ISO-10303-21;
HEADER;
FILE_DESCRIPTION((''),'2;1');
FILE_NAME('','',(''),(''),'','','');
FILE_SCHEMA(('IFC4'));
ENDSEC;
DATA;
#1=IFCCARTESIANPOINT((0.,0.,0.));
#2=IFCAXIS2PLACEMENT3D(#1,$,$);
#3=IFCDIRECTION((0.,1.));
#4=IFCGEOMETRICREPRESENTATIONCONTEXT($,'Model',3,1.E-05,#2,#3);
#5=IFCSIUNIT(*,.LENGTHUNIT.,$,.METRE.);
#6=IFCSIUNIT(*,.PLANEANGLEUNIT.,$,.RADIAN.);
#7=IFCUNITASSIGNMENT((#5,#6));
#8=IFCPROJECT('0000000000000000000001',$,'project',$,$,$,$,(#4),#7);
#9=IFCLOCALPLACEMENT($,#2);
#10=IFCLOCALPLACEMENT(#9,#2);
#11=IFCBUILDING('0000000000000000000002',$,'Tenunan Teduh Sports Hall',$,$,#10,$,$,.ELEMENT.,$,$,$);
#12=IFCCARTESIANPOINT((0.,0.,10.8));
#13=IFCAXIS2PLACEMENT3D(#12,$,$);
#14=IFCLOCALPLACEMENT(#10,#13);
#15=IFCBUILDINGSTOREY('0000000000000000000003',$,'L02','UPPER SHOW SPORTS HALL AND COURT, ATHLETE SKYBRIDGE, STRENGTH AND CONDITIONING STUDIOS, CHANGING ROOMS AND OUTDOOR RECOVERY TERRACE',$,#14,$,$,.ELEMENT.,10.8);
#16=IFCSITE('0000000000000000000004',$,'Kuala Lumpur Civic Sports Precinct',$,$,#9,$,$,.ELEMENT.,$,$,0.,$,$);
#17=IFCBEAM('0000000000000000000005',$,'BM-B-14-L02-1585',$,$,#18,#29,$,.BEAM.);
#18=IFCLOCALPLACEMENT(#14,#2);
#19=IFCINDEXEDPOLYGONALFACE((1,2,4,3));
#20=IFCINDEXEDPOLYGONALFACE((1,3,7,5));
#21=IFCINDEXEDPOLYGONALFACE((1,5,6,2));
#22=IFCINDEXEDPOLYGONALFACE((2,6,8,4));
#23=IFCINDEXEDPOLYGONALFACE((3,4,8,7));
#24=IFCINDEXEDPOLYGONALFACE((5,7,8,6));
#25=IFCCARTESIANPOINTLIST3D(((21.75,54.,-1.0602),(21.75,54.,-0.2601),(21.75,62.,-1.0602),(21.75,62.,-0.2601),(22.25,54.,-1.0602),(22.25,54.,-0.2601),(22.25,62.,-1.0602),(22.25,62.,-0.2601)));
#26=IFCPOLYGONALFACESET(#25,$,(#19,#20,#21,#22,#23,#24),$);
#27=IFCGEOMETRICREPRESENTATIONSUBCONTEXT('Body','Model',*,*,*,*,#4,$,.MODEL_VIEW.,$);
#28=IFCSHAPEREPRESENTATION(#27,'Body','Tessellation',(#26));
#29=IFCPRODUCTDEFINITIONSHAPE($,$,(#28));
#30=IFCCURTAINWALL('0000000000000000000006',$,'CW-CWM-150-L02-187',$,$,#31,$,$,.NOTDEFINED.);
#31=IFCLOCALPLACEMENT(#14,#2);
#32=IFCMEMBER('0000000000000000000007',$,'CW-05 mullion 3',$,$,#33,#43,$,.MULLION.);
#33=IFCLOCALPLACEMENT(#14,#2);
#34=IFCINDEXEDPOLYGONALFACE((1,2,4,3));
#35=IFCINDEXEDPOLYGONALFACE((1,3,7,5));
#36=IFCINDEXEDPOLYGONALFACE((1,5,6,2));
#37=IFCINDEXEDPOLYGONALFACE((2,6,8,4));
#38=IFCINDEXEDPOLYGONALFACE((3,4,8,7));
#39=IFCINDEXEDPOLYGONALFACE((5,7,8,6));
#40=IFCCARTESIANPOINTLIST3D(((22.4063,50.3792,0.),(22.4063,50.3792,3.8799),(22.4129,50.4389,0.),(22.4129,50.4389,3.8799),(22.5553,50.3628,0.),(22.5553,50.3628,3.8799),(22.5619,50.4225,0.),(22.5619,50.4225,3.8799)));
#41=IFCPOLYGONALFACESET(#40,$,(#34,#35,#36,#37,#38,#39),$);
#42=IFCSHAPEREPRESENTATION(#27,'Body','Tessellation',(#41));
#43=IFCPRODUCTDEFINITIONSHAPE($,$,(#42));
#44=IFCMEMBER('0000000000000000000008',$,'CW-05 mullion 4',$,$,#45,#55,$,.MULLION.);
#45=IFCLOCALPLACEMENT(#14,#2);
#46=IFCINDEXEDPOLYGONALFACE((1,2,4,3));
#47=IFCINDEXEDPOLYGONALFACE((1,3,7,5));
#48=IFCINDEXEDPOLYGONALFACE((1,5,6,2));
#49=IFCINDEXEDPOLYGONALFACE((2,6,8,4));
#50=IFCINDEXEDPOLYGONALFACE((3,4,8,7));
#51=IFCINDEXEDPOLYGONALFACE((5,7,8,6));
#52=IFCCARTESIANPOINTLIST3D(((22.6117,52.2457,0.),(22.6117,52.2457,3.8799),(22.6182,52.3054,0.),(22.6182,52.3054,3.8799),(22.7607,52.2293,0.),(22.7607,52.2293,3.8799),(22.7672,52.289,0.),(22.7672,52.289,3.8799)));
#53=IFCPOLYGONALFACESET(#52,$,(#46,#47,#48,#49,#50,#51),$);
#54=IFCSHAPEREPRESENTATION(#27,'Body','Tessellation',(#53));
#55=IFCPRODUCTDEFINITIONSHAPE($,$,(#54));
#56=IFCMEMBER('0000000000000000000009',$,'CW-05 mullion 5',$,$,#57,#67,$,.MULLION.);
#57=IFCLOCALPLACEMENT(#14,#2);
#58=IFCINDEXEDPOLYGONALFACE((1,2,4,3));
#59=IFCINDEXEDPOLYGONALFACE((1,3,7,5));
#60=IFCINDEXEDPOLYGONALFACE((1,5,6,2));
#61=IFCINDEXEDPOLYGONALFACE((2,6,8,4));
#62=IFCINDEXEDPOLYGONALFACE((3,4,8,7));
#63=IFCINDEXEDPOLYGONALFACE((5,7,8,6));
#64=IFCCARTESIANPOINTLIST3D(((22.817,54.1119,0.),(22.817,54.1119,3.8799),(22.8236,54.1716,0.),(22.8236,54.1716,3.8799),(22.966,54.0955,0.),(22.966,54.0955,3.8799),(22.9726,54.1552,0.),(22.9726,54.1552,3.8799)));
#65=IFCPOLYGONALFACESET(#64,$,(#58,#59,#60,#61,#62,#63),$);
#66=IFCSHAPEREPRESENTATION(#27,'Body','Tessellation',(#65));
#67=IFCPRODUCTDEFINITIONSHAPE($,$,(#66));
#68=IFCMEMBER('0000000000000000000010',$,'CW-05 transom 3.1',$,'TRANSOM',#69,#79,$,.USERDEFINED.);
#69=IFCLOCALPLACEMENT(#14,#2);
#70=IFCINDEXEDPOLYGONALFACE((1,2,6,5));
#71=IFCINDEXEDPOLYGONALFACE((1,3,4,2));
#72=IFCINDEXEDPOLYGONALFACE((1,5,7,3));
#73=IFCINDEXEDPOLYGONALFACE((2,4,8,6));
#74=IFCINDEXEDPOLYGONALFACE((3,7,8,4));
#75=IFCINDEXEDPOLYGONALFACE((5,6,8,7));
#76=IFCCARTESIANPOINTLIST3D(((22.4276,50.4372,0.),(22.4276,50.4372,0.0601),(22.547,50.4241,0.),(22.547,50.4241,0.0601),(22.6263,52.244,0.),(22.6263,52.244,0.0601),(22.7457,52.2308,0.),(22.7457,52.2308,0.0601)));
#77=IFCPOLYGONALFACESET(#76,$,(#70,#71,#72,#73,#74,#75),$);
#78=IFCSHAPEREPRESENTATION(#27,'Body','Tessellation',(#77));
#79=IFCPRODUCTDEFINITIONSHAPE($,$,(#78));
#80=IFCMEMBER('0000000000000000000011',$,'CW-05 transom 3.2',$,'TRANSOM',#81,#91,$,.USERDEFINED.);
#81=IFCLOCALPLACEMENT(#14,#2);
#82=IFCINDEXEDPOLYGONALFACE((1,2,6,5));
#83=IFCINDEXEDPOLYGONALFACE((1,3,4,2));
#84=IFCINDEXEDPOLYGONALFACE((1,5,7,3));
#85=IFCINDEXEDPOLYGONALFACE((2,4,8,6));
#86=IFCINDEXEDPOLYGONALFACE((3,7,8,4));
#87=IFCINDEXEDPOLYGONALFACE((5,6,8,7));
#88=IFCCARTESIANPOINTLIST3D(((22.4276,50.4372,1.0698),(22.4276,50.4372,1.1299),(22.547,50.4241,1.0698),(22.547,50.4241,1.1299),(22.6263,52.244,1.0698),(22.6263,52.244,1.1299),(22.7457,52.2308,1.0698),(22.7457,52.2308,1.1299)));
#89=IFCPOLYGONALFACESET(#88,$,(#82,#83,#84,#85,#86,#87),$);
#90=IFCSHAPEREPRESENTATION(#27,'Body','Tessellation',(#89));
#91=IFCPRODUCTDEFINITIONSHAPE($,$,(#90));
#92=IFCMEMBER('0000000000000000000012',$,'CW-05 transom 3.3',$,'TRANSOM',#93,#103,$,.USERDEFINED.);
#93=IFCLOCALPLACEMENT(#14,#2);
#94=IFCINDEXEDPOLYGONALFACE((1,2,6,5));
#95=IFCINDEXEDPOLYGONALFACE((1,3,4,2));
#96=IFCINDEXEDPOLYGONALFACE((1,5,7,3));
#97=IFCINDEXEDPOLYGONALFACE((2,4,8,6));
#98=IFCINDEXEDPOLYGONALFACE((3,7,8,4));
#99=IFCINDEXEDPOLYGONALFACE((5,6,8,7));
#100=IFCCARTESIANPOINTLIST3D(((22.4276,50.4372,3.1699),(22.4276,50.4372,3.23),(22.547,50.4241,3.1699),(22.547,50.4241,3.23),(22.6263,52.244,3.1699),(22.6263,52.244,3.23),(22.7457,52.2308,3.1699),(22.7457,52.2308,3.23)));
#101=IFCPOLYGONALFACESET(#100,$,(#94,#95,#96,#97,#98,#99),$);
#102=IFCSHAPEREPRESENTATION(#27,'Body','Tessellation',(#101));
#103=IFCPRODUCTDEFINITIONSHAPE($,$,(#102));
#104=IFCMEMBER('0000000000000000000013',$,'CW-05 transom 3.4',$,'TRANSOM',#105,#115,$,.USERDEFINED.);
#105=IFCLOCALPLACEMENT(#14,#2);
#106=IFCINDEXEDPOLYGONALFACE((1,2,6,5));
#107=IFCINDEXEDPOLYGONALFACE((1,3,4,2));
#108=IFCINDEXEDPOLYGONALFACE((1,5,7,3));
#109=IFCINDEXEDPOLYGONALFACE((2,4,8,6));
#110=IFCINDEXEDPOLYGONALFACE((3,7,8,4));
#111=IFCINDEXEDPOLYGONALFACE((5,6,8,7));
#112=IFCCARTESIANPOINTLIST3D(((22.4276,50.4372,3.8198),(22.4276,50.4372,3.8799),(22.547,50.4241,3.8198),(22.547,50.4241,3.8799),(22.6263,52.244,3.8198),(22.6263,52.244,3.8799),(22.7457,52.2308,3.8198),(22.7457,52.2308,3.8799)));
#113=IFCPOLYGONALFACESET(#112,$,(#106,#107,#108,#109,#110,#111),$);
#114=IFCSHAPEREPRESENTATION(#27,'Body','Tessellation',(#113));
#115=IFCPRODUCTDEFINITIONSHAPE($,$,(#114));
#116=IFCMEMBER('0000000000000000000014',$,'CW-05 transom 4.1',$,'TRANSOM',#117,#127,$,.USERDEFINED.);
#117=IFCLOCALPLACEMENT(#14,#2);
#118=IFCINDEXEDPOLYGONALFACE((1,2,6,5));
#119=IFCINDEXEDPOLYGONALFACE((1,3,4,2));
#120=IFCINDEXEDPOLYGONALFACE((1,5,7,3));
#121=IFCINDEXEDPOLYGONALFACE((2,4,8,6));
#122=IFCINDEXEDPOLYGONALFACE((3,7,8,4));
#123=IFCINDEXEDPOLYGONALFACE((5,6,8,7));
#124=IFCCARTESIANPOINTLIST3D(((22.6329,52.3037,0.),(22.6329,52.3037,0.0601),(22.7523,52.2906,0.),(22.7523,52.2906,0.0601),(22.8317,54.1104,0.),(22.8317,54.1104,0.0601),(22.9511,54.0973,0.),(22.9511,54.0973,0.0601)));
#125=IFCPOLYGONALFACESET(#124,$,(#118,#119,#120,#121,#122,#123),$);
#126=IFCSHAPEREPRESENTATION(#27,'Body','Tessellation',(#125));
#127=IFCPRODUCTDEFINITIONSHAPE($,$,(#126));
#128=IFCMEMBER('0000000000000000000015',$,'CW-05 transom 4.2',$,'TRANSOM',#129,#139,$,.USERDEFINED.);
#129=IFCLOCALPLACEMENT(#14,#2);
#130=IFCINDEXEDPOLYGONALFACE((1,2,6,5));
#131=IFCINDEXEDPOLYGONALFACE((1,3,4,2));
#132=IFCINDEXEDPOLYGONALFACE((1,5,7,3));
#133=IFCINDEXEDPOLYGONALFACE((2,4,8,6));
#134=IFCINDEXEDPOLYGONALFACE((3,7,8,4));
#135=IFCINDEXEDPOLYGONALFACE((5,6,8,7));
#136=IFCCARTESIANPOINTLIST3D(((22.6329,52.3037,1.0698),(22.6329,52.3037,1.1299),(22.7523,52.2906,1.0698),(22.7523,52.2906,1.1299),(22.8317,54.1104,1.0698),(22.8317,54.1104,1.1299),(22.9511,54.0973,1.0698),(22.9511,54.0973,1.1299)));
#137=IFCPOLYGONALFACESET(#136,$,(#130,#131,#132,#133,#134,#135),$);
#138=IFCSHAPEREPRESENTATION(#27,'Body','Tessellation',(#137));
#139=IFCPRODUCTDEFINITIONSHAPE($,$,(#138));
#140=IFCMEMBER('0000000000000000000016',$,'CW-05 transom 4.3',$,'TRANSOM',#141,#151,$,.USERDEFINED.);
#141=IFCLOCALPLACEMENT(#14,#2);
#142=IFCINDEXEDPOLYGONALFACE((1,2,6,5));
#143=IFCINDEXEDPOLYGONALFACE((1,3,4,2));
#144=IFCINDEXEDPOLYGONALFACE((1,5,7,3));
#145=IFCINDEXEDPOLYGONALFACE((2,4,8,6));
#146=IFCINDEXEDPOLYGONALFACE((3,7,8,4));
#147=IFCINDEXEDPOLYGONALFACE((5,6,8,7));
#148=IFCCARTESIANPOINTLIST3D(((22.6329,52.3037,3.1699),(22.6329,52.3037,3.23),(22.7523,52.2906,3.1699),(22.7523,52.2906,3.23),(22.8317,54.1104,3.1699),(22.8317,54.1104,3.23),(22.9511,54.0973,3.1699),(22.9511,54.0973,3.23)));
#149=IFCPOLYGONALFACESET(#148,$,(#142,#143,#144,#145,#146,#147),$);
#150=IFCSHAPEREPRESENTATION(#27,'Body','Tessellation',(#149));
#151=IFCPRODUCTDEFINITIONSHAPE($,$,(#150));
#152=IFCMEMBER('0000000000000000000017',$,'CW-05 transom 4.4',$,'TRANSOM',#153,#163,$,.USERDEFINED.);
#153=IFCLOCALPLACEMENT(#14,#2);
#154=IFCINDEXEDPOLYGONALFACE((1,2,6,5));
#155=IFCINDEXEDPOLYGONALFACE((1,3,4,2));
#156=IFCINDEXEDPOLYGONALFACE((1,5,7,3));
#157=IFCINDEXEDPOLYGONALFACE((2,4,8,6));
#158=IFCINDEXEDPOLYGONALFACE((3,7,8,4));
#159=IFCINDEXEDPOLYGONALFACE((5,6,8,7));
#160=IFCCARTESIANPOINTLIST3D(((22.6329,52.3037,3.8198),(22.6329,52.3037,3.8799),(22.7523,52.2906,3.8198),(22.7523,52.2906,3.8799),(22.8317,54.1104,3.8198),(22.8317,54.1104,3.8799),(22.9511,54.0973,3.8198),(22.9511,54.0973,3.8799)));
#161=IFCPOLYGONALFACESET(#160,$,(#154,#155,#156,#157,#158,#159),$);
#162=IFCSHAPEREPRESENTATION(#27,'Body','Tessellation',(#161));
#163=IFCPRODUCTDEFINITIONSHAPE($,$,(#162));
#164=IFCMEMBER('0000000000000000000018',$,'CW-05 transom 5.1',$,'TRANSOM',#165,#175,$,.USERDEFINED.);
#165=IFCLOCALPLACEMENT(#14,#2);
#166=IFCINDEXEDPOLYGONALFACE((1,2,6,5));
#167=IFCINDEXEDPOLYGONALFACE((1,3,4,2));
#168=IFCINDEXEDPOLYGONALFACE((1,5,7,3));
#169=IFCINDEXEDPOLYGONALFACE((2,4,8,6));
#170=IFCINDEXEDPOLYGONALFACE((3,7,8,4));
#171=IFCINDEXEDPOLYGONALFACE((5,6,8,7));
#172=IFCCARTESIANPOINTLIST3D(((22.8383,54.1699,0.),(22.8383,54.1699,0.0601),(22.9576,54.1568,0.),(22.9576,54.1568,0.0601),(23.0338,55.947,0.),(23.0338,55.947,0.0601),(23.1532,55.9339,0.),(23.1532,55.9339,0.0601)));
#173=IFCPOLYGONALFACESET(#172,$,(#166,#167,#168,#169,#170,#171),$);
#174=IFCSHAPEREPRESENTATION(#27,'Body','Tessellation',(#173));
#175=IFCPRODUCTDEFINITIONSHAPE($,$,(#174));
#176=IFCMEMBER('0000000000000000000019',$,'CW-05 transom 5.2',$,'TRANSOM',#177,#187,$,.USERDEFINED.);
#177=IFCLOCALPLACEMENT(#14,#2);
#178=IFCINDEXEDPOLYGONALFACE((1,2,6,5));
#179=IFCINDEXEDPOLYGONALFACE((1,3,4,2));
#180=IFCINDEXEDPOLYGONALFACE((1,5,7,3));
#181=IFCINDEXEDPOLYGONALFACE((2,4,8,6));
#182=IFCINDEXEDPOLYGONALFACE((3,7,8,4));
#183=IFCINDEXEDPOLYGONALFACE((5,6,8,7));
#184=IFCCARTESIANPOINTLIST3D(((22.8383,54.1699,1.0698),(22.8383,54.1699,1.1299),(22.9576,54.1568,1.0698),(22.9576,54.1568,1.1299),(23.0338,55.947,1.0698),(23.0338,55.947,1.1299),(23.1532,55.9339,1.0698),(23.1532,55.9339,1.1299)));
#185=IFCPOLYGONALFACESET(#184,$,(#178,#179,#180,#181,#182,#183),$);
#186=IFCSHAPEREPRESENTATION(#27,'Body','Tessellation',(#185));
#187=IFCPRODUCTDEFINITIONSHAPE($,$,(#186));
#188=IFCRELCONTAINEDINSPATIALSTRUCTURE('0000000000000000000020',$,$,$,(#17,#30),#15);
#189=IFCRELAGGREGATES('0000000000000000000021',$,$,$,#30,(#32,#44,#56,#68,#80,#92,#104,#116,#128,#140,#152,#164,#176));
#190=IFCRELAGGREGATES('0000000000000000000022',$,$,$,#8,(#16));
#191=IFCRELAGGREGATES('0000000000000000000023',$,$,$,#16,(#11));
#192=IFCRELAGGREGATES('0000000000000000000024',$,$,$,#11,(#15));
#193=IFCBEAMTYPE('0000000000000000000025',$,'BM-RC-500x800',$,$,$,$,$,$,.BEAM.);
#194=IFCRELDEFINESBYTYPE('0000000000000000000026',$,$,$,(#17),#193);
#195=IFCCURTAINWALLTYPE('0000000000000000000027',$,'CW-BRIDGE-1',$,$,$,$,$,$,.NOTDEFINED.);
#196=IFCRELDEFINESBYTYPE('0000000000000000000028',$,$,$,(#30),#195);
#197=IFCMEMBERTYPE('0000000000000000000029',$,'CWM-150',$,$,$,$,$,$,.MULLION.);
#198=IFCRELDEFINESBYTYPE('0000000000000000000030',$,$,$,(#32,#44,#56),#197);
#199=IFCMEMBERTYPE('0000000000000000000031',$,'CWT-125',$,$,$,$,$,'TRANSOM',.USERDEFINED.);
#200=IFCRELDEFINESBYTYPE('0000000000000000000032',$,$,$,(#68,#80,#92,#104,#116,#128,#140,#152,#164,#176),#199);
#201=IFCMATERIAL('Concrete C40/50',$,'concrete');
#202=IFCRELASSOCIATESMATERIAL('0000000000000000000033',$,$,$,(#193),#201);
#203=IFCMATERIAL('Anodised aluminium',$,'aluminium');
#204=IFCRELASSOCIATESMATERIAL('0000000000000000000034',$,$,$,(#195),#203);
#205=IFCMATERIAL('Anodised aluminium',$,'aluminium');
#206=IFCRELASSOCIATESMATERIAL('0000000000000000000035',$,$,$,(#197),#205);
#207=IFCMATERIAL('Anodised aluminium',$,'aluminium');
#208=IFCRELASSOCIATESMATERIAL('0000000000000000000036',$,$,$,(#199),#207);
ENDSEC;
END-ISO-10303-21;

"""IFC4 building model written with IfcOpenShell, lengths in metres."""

from ifc_helpers import new_model, si_unit, direction, frame, origin, origin_2d, place, context, subcontext, project, spatial, rectangle, extrude, material, material_profile, profile_set, type_object, element, aggregate, save


model = new_model("IFC4")

# Units and contexts
model_context = context("Model", 3, precision=1e-05, world=origin(), true_north=direction((0.0, 1.0)))
body_context = subcontext(model_context, "Body", "Model", "MODEL_VIEW")
ifc_project = project(units=[si_unit("LENGTHUNIT", "METRE"), si_unit("PLANEANGLEUNIT", "RADIAN")], contexts=[model_context])

# Site, building, storey
site_placement = place(None, origin())
site = spatial("IfcSite", under=ifc_project, at=site_placement, Name="Kuala Lumpur Civic Sports Precinct", CompositionType="ELEMENT", RefElevation=0.0)
building_placement = place(site_placement, origin())
building = spatial("IfcBuilding", under=site, at=building_placement, Name="Tenunan Teduh Sports Hall", CompositionType="ELEMENT")
storey_placement = place(building_placement, frame((0.0, 0.0, 10.8)))
storey = spatial("IfcBuildingStorey", under=building, at=storey_placement, Name="L02", Description="UPPER SHOW SPORTS HALL AND COURT, ATHLETE SKYBRIDGE, STRENGTH AND CONDITIONING STUDIOS, CHANGING ROOMS AND OUTDOOR RECOVERY TERRACE", CompositionType="ELEMENT", Elevation=10.8)

# Beam
ifc_material_1 = material(Name="Concrete C40/50", Category="concrete")
ifc_material_profile_1 = material_profile(ifc_material_1, rectangle(XDim=0.5, YDim=0.8, at=origin_2d()), Name="RCB 500x800")
ifc_profile_set_1 = profile_set([ifc_material_profile_1], Name="Concrete C40/50")
beam_type = type_object("IfcBeamType", Name="BM-RC-500x800", PredefinedType="BEAM", material=ifc_profile_set_1)
beam_placement = place(storey_placement, frame((22.0, 54.0, -0.6602), z_axis=(0.0, 1.0, 0.0), x_axis=(-1.0, 0.0, 0.0)))
element("IfcBeam", 1, at=beam_placement, inside=storey, type_object=beam_type, Name="BM-B-14-L02-1585", PredefinedType="BEAM", context=body_context, shape_type="SweptSolid", body=[
    extrude(rectangle(XDim=0.5, YDim=0.8, at=origin_2d()), origin(), (0.0, 0.0, 1.0), 8.0),
])

# Curtain wall, members
ifc_material_2 = material(Name="Anodised aluminium", Category="aluminium")
curtain_wall_type = type_object("IfcCurtainWallType", Name="CW-BRIDGE-1", PredefinedType="NOTDEFINED", material=ifc_material_2)
curtain_wall_placement = place(storey_placement, origin())
curtain_wall = element("IfcCurtainWall", 2, at=curtain_wall_placement, inside=storey, type_object=curtain_wall_type, Name="CW-CWM-150-L02-187", PredefinedType="NOTDEFINED")
ifc_material_3 = material(Name="Anodised aluminium", Category="aluminium")
ifc_material_profile_2 = material_profile(ifc_material_3, rectangle(XDim=0.0601, YDim=0.1499, at=origin_2d()), Name="CWM 60x150")
ifc_profile_set_2 = profile_set([ifc_material_profile_2], Name="Anodised aluminium")
member_type_1 = type_object("IfcMemberType", Name="CWM-150", PredefinedType="MULLION", material=ifc_profile_set_2)
member_1_placement = place(storey_placement, frame((22.4841, 50.4009, 0.0), z_axis=(0.0, 0.0, 1.0), x_axis=(0.109339, 0.994005, 0.0)))
member_1 = element("IfcMember", 3, at=member_1_placement, type_object=member_type_1, Name="CW-05 mullion 3", PredefinedType="MULLION", context=body_context, shape_type="SweptSolid", body=[
    extrude(rectangle(XDim=0.0601, YDim=0.1499, at=origin_2d()), origin(), (0.0, 0.0, 1.0), 3.8799),
])
member_2_placement = place(storey_placement, frame((22.6895, 52.2673, 0.0), z_axis=(0.0, 0.0, 1.0), x_axis=(0.109339, 0.994005, 0.0)))
member_2 = element("IfcMember", 4, at=member_2_placement, type_object=member_type_1, Name="CW-05 mullion 4", PredefinedType="MULLION", context=body_context, shape_type="SweptSolid", body=[
    extrude(rectangle(XDim=0.0601, YDim=0.1499, at=origin_2d()), origin(), (0.0, 0.0, 1.0), 3.8799),
])
member_3_placement = place(storey_placement, frame((22.8948, 54.1335, 0.0), z_axis=(0.0, 0.0, 1.0), x_axis=(0.109339, 0.994005, 0.0)))
member_3 = element("IfcMember", 5, at=member_3_placement, type_object=member_type_1, Name="CW-05 mullion 5", PredefinedType="MULLION", context=body_context, shape_type="SweptSolid", body=[
    extrude(rectangle(XDim=0.0601, YDim=0.1499, at=origin_2d()), origin(), (0.0, 0.0, 1.0), 3.8799),
])
ifc_material_4 = material(Name="Anodised aluminium", Category="aluminium")
ifc_material_profile_3 = material_profile(ifc_material_4, rectangle(XDim=0.0601, YDim=0.1201, at=origin_2d()), Name="CWT 60x120")
ifc_profile_set_3 = profile_set([ifc_material_profile_3], Name="Anodised aluminium")
member_type_2 = type_object("IfcMemberType", Name="CWT-125", ElementType="TRANSOM", PredefinedType="USERDEFINED", material=ifc_profile_set_3)
member_4_placement = place(storey_placement, frame((22.4873, 50.4307, 0.03), z_axis=(0.10934, 0.994004, 0.0), x_axis=(0.0, 0.0, 1.0)))
member_4 = element("IfcMember", 6, at=member_4_placement, type_object=member_type_2, Name="CW-05 transom 3.1", ObjectType="TRANSOM", PredefinedType="USERDEFINED", context=body_context, shape_type="SweptSolid", body=[
    extrude(rectangle(XDim=0.0601, YDim=0.1201, at=origin_2d()), origin(), (0.0, 0.0, 1.0), 1.8176),
])
member_5_placement = place(storey_placement, frame((22.4873, 50.4307, 1.0999), z_axis=(0.10934, 0.994004, 0.0), x_axis=(0.0, 0.0, 1.0)))
member_5 = element("IfcMember", 7, at=member_5_placement, type_object=member_type_2, Name="CW-05 transom 3.2", ObjectType="TRANSOM", PredefinedType="USERDEFINED", context=body_context, shape_type="SweptSolid", body=[
    extrude(rectangle(XDim=0.0601, YDim=0.1201, at=origin_2d()), origin(), (0.0, 0.0, 1.0), 1.8176),
])
member_6_placement = place(storey_placement, frame((22.4873, 50.4307, 3.2), z_axis=(0.10934, 0.994004, 0.0), x_axis=(0.0, 0.0, 1.0)))
member_6 = element("IfcMember", 8, at=member_6_placement, type_object=member_type_2, Name="CW-05 transom 3.3", ObjectType="TRANSOM", PredefinedType="USERDEFINED", context=body_context, shape_type="SweptSolid", body=[
    extrude(rectangle(XDim=0.0601, YDim=0.1201, at=origin_2d()), origin(), (0.0, 0.0, 1.0), 1.8176),
])
member_7_placement = place(storey_placement, frame((22.4873, 50.4307, 3.8499), z_axis=(0.10934, 0.994004, 0.0), x_axis=(0.0, 0.0, 1.0)))
member_7 = element("IfcMember", 9, at=member_7_placement, type_object=member_type_2, Name="CW-05 transom 3.4", ObjectType="TRANSOM", PredefinedType="USERDEFINED", context=body_context, shape_type="SweptSolid", body=[
    extrude(rectangle(XDim=0.0601, YDim=0.1201, at=origin_2d()), origin(), (0.0, 0.0, 1.0), 1.8176),
])
member_8_placement = place(storey_placement, frame((22.6926, 52.2971, 0.03), z_axis=(0.10934, 0.994004, 0.0), x_axis=(0.0, 0.0, 1.0)))
member_8 = element("IfcMember", 10, at=member_8_placement, type_object=member_type_2, Name="CW-05 transom 4.1", ObjectType="TRANSOM", PredefinedType="USERDEFINED", context=body_context, shape_type="SweptSolid", body=[
    extrude(rectangle(XDim=0.0601, YDim=0.1201, at=origin_2d()), origin(), (0.0, 0.0, 1.0), 1.8176),
])
member_9_placement = place(storey_placement, frame((22.6926, 52.2971, 1.0999), z_axis=(0.10934, 0.994004, 0.0), x_axis=(0.0, 0.0, 1.0)))
member_9 = element("IfcMember", 11, at=member_9_placement, type_object=member_type_2, Name="CW-05 transom 4.2", ObjectType="TRANSOM", PredefinedType="USERDEFINED", context=body_context, shape_type="SweptSolid", body=[
    extrude(rectangle(XDim=0.0601, YDim=0.1201, at=origin_2d()), origin(), (0.0, 0.0, 1.0), 1.8176),
])
member_10_placement = place(storey_placement, frame((22.6926, 52.2971, 3.2), z_axis=(0.10934, 0.994004, 0.0), x_axis=(0.0, 0.0, 1.0)))
member_10 = element("IfcMember", 12, at=member_10_placement, type_object=member_type_2, Name="CW-05 transom 4.3", ObjectType="TRANSOM", PredefinedType="USERDEFINED", context=body_context, shape_type="SweptSolid", body=[
    extrude(rectangle(XDim=0.0601, YDim=0.1201, at=origin_2d()), origin(), (0.0, 0.0, 1.0), 1.8176),
])
member_11_placement = place(storey_placement, frame((22.6926, 52.2971, 3.8499), z_axis=(0.10934, 0.994004, 0.0), x_axis=(0.0, 0.0, 1.0)))
member_11 = element("IfcMember", 13, at=member_11_placement, type_object=member_type_2, Name="CW-05 transom 4.4", ObjectType="TRANSOM", PredefinedType="USERDEFINED", context=body_context, shape_type="SweptSolid", body=[
    extrude(rectangle(XDim=0.0601, YDim=0.1201, at=origin_2d()), origin(), (0.0, 0.0, 1.0), 1.8176),
])
member_12_placement = place(storey_placement, frame((22.8979, 54.1633, 0.03), z_axis=(0.109382, 0.994, 0.0), x_axis=(0.0, 0.0, 1.0)))
member_12 = element("IfcMember", 14, at=member_12_placement, type_object=member_type_2, Name="CW-05 transom 5.1", ObjectType="TRANSOM", PredefinedType="USERDEFINED", context=body_context, shape_type="SweptSolid", body=[
    extrude(rectangle(XDim=0.0601, YDim=0.1201, at=origin_2d()), origin(), (0.0, 0.0, 1.0), 1.7878),
])
member_13_placement = place(storey_placement, frame((22.8979, 54.1633, 1.0999), z_axis=(0.109382, 0.994, 0.0), x_axis=(0.0, 0.0, 1.0)))
member_13 = element("IfcMember", 15, at=member_13_placement, type_object=member_type_2, Name="CW-05 transom 5.2", ObjectType="TRANSOM", PredefinedType="USERDEFINED", context=body_context, shape_type="SweptSolid", body=[
    extrude(rectangle(XDim=0.0601, YDim=0.1201, at=origin_2d()), origin(), (0.0, 0.0, 1.0), 1.7878),
])
aggregate(curtain_wall, [member_1, member_2, member_3, member_4, member_5, member_6, member_7, member_8, member_9, member_10, member_11, member_12, member_13])

save(model, "model.ifc")
